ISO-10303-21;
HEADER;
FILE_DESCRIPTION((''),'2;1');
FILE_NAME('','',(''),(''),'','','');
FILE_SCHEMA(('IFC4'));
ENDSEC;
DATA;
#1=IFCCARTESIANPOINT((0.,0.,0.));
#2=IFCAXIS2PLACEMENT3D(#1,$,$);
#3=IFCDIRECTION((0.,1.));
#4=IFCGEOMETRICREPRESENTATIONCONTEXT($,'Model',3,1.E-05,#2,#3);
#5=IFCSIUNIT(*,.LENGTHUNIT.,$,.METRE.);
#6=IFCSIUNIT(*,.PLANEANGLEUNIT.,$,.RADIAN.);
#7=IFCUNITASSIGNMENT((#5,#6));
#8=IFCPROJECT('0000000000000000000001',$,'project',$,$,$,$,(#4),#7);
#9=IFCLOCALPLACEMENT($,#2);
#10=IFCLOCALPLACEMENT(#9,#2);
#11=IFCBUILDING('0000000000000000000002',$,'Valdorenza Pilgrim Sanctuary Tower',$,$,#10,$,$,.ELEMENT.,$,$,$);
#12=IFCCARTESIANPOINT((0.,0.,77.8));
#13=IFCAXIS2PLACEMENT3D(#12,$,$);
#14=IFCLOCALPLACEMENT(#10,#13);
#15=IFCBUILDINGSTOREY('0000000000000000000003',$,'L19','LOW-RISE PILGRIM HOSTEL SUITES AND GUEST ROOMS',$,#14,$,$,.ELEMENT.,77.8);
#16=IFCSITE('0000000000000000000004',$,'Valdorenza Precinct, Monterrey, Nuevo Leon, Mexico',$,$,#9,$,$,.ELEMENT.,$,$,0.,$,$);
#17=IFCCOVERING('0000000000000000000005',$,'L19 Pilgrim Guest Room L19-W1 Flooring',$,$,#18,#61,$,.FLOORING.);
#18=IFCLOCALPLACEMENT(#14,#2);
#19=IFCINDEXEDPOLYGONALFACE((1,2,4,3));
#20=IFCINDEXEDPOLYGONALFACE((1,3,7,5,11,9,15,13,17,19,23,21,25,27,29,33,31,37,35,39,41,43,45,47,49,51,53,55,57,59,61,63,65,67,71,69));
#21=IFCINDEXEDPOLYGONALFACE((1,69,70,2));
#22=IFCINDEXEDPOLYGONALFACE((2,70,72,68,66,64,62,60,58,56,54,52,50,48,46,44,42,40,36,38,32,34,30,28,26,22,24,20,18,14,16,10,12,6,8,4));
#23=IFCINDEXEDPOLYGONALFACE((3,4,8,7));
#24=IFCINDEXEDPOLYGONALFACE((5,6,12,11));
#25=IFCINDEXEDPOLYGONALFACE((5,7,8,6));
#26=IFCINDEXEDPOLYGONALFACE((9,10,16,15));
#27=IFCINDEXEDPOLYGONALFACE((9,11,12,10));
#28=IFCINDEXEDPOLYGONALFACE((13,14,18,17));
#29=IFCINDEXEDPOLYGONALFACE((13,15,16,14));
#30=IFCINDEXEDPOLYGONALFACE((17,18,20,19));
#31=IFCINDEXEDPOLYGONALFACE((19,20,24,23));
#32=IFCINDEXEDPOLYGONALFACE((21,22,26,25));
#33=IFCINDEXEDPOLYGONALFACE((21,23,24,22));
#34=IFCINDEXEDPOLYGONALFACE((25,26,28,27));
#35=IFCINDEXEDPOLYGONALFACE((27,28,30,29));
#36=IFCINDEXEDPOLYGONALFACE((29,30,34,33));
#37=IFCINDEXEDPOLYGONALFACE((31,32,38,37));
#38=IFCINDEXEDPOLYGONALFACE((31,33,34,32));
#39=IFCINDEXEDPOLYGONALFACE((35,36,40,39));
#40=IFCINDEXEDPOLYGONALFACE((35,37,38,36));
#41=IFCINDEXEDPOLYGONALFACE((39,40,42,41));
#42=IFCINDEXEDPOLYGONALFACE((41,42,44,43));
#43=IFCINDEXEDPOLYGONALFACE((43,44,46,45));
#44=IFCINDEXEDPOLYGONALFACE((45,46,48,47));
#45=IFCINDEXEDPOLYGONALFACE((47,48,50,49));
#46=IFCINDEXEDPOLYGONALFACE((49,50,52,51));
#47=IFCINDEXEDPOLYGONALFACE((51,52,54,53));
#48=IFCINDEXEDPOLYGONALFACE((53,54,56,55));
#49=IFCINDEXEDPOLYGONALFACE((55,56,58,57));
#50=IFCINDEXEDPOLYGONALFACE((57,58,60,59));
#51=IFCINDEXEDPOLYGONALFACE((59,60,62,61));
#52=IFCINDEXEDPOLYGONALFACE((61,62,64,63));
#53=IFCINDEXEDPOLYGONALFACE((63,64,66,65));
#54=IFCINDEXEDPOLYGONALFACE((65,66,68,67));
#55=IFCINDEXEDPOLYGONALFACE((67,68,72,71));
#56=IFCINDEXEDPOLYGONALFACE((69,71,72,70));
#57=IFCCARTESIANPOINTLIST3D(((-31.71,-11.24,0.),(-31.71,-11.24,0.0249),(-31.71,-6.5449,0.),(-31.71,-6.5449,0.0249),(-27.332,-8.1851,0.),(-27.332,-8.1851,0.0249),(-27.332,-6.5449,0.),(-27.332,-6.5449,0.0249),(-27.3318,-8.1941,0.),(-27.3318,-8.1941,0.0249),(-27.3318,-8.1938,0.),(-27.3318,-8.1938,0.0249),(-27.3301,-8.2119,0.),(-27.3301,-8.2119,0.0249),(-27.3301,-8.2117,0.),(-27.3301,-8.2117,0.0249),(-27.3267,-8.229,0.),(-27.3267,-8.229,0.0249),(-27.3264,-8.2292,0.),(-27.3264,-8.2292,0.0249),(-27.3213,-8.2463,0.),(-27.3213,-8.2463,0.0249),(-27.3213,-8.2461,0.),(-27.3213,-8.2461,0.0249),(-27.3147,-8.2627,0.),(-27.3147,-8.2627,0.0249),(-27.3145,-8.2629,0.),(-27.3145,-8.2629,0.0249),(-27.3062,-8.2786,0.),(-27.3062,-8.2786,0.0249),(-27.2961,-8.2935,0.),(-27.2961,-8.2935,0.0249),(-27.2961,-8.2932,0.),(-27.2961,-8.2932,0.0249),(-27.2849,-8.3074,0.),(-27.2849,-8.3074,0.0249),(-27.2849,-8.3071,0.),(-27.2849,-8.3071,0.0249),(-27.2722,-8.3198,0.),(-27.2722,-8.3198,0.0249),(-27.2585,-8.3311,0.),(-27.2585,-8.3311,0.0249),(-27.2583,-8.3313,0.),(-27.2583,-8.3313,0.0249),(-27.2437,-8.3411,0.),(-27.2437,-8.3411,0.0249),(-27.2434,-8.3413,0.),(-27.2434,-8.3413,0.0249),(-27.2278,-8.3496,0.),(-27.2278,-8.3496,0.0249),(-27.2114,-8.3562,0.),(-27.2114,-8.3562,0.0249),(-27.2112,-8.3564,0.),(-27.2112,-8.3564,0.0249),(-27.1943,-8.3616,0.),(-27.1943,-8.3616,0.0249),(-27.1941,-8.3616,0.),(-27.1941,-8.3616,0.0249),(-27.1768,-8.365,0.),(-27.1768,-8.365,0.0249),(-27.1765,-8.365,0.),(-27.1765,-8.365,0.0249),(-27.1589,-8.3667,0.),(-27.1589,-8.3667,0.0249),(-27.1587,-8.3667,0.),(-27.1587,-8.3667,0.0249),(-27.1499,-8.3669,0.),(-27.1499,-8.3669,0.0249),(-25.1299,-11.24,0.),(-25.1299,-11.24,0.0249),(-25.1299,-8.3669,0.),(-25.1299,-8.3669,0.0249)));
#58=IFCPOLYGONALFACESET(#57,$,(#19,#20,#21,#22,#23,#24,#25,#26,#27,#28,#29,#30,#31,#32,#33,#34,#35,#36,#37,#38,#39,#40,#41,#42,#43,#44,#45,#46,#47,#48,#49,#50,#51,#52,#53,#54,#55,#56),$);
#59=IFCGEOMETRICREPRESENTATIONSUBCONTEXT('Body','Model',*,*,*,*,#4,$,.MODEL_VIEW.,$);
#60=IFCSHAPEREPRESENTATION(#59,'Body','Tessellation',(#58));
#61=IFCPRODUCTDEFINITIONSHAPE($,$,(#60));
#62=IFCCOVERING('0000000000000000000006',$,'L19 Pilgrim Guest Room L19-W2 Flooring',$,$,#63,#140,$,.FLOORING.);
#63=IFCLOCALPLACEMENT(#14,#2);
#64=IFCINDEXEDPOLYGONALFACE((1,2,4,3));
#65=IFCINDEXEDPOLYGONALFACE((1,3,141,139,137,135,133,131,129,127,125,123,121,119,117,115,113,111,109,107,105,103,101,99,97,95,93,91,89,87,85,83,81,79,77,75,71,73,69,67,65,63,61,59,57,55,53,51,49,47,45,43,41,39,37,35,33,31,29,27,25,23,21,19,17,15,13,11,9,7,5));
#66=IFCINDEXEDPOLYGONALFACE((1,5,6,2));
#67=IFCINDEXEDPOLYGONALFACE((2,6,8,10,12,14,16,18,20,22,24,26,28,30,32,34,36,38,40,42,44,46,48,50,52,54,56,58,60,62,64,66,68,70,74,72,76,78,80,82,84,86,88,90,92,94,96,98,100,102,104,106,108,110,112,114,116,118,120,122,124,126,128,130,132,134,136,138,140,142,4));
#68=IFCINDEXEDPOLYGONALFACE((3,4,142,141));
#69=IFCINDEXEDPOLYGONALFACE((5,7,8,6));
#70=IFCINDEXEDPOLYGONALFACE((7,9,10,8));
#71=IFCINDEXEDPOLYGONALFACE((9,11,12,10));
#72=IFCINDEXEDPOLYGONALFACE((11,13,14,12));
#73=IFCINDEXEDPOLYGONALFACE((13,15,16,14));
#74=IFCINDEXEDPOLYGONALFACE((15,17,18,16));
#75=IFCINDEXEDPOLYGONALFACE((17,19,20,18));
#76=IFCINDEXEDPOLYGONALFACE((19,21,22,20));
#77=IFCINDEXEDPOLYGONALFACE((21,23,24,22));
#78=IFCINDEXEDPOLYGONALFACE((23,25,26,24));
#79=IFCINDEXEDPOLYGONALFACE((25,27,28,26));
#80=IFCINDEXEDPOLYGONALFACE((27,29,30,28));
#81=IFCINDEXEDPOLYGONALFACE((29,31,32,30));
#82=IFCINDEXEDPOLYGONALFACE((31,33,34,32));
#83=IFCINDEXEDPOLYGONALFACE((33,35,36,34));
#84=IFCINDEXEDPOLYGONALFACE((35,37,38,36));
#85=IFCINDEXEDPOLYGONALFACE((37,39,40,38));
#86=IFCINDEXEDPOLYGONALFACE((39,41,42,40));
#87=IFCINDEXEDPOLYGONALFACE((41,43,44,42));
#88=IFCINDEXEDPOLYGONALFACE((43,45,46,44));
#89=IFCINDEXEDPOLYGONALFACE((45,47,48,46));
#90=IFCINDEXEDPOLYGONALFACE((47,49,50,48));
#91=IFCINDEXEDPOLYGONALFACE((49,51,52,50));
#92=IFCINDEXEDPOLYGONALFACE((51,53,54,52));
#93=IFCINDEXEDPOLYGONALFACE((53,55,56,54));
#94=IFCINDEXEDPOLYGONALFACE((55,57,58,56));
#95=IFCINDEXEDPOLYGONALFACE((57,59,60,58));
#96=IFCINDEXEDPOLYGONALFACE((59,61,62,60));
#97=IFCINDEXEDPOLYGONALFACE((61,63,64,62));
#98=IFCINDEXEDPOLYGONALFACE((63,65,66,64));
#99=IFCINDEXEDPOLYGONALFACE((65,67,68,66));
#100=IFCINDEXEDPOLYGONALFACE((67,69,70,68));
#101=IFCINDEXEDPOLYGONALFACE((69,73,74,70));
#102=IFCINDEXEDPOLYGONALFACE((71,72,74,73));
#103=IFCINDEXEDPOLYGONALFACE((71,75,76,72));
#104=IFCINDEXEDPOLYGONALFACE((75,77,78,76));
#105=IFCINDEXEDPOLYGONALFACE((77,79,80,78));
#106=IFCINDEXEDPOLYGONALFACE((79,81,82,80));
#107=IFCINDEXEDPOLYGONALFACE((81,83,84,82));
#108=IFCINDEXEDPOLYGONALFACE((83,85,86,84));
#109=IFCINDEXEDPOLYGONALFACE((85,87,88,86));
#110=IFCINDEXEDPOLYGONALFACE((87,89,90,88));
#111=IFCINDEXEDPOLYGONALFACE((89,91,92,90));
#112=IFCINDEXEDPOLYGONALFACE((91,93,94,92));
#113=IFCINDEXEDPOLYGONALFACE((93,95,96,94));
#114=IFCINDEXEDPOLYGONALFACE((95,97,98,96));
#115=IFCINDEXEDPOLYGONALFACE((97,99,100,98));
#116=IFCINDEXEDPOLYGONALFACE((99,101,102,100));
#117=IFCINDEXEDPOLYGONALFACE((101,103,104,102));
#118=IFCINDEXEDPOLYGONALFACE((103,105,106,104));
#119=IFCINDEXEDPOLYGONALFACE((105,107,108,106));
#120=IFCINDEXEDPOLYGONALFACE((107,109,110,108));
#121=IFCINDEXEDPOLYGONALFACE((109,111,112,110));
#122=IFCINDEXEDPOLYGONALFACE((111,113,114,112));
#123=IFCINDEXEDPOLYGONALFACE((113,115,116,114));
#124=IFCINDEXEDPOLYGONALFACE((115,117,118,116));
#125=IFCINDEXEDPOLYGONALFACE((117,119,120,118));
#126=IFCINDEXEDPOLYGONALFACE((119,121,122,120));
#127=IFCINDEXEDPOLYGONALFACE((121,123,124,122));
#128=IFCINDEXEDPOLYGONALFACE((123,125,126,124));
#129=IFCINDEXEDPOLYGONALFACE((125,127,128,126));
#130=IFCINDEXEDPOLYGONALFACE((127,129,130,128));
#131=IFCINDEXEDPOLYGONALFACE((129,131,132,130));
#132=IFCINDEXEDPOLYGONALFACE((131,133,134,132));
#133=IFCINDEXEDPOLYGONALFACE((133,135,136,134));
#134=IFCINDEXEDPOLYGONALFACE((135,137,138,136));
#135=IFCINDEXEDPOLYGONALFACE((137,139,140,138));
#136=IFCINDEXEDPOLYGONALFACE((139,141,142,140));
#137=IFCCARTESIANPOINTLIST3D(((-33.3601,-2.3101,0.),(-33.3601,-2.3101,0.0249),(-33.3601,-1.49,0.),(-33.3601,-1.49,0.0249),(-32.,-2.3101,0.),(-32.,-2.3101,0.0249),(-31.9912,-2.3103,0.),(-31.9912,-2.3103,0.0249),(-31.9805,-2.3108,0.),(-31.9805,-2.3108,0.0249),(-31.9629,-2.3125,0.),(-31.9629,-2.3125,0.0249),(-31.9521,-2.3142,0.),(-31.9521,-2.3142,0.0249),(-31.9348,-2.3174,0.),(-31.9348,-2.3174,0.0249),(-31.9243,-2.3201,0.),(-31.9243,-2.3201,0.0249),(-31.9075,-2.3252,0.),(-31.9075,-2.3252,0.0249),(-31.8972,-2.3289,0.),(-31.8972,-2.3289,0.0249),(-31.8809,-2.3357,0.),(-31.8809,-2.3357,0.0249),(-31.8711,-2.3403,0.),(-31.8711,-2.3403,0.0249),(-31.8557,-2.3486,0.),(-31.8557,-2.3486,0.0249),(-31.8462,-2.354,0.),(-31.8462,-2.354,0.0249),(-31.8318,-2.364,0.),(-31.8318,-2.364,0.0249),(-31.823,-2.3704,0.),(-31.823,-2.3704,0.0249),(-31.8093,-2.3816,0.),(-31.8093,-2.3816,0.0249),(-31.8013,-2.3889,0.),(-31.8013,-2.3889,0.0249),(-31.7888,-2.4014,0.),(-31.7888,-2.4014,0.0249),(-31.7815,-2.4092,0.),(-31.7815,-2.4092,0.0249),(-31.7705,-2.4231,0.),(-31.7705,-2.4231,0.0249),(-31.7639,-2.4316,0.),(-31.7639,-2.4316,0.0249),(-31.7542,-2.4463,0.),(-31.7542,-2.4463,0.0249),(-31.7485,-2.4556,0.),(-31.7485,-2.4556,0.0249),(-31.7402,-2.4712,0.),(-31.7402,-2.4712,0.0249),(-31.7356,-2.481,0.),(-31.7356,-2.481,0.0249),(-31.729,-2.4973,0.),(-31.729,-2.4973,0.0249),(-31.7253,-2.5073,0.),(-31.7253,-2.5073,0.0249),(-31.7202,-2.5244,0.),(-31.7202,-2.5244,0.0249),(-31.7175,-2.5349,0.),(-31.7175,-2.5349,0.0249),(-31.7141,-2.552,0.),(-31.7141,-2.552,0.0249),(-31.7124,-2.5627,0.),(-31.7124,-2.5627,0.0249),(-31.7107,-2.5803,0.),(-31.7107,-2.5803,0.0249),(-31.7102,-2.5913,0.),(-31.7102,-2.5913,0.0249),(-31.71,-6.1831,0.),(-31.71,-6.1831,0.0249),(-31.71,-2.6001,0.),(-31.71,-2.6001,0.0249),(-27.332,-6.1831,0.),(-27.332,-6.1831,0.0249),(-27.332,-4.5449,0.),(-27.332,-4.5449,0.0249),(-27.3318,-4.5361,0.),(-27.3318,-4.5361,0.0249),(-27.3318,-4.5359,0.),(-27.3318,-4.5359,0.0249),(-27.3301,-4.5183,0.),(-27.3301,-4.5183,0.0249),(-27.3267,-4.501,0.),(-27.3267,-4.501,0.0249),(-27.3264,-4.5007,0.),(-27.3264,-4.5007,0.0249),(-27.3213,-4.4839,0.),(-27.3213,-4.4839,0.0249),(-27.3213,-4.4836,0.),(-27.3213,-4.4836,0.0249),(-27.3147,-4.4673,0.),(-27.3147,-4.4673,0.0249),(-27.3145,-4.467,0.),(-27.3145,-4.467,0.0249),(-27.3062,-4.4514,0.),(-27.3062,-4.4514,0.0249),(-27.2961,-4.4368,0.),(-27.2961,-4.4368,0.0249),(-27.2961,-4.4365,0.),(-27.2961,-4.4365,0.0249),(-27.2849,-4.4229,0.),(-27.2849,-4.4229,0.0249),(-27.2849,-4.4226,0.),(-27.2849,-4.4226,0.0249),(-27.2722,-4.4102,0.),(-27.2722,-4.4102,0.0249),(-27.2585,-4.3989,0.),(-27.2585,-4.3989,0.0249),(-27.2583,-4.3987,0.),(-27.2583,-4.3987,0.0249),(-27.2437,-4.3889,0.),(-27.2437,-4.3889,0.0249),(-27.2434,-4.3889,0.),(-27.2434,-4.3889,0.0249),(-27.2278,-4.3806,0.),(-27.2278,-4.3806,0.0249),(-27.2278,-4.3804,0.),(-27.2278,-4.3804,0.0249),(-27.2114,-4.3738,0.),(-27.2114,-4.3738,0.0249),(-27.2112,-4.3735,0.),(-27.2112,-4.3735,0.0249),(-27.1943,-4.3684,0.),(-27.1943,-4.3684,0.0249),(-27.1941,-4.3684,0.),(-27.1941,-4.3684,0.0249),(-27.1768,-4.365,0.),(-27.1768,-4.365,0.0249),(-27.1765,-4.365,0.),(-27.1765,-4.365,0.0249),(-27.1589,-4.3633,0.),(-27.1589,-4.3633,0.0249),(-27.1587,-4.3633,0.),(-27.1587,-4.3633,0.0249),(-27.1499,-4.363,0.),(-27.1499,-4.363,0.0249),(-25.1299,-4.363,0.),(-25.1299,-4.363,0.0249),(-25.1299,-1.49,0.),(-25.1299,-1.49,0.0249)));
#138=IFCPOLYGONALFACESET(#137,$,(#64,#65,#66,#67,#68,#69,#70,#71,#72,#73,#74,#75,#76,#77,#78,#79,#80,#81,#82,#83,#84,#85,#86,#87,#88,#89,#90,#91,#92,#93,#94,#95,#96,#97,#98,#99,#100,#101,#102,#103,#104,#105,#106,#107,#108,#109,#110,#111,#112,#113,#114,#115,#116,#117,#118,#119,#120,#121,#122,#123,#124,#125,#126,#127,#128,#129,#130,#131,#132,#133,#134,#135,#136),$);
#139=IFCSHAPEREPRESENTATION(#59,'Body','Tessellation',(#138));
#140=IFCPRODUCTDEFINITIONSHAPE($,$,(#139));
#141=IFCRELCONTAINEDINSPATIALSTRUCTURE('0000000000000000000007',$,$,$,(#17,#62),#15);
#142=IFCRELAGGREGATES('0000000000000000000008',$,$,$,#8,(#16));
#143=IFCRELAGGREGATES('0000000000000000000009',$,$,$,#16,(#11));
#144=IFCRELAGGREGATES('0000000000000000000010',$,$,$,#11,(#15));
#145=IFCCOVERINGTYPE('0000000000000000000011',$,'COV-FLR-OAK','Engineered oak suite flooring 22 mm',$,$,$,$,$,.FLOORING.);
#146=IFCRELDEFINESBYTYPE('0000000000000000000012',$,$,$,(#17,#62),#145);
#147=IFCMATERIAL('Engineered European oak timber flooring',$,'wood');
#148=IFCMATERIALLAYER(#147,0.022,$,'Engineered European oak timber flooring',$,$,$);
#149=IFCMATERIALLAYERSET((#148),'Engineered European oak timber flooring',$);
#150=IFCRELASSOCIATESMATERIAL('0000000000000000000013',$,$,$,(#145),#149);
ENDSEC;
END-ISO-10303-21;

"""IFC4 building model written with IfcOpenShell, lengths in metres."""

from ifc_helpers import new_model, si_unit, direction, frame, origin, place, context, subcontext, project, spatial, polyline, outline, extrude, material, layer, layer_set, type_object, element, save


model = new_model("IFC4")

# Units and contexts
model_context = context("Model", 3, precision=1e-05, world=origin(), true_north=direction((0.0, 1.0)))
body_context = subcontext(model_context, "Body", "Model", "MODEL_VIEW")
ifc_project = project(units=[si_unit("LENGTHUNIT", "METRE"), si_unit("PLANEANGLEUNIT", "RADIAN")], contexts=[model_context])

# Site, building, storey
site_placement = place(None, origin())
site = spatial("IfcSite", under=ifc_project, at=site_placement, Name="Valdorenza Precinct, Monterrey, Nuevo Leon, Mexico", CompositionType="ELEMENT", RefElevation=0.0)
building_placement = place(site_placement, origin())
building = spatial("IfcBuilding", under=site, at=building_placement, Name="Valdorenza Pilgrim Sanctuary Tower", CompositionType="ELEMENT")
storey_placement = place(building_placement, frame((0.0, 0.0, 77.8)))
storey = spatial("IfcBuildingStorey", under=building, at=storey_placement, Name="L19", Description="LOW-RISE PILGRIM HOSTEL SUITES AND GUEST ROOMS", CompositionType="ELEMENT", Elevation=77.8)

# Coverings
ifc_material_1 = material(Name="Engineered European oak timber flooring", Category="wood")
ifc_layer_1 = layer(ifc_material_1, 0.022, Name="Engineered European oak timber flooring")
ifc_layer_set_1 = layer_set([ifc_layer_1], Name="Engineered European oak timber flooring")
covering_type_1 = type_object("IfcCoveringType", Name="COV-FLR-OAK", Description="Engineered oak suite flooring 22 mm", PredefinedType="FLOORING", material=ifc_layer_set_1)
covering_1_placement = place(storey_placement, origin())
element("IfcCovering", 1, at=covering_1_placement, inside=storey, type_object=covering_type_1, Name="L19 Pilgrim Guest Room L19-W1 Flooring", PredefinedType="FLOORING", context=body_context, shape_type="SweptSolid", body=[
    extrude(outline(polyline([(-31.71, -6.5449), (-27.332, -6.5449), (-27.332, -8.1851), (-27.3318, -8.1938), (-27.3318, -8.1941), (-27.3301, -8.2117), (-27.3301, -8.2119), (-27.3267, -8.229), (-27.3264, -8.2292), (-27.3213, -8.2461), (-27.3213, -8.2463), (-27.3147, -8.2627), (-27.3145, -8.2629), (-27.3062, -8.2786), (-27.3062, -8.2786), (-27.2961, -8.2932), (-27.2961, -8.2935), (-27.2849, -8.3071), (-27.2849, -8.3074), (-27.2722, -8.3198), (-27.2722, -8.3198), (-27.2585, -8.3311), (-27.2583, -8.3313), (-27.2437, -8.3411), (-27.2434, -8.3413), (-27.2278, -8.3496), (-27.2278, -8.3496), (-27.2114, -8.3562), (-27.2112, -8.3564), (-27.1943, -8.3616), (-27.1941, -8.3616), (-27.1768, -8.365), (-27.1765, -8.365), (-27.1589, -8.3667), (-27.1587, -8.3667), (-27.1499, -8.3669), (-25.1299, -8.3669), (-25.1299, -11.24), (-31.71, -11.24), (-31.71, -6.5449)])), origin(), (0.0, 0.0, 1.0), 0.0249),
])
covering_2_placement = place(storey_placement, origin())
element("IfcCovering", 2, at=covering_2_placement, inside=storey, type_object=covering_type_1, Name="L19 Pilgrim Guest Room L19-W2 Flooring", PredefinedType="FLOORING", context=body_context, shape_type="SweptSolid", body=[
    extrude(outline(polyline([(-25.1299, -1.49), (-25.1299, -4.363), (-27.1499, -4.363), (-27.1587, -4.3633), (-27.1589, -4.3633), (-27.1765, -4.365), (-27.1768, -4.365), (-27.1941, -4.3684), (-27.1943, -4.3684), (-27.2112, -4.3735), (-27.2114, -4.3738), (-27.2278, -4.3804), (-27.2278, -4.3806), (-27.2434, -4.3889), (-27.2437, -4.3889), (-27.2583, -4.3987), (-27.2585, -4.3989), (-27.2722, -4.4102), (-27.2722, -4.4102), (-27.2849, -4.4226), (-27.2849, -4.4229), (-27.2961, -4.4365), (-27.2961, -4.4368), (-27.3062, -4.4514), (-27.3062, -4.4514), (-27.3145, -4.467), (-27.3147, -4.4673), (-27.3213, -4.4836), (-27.3213, -4.4839), (-27.3264, -4.5007), (-27.3267, -4.501), (-27.3301, -4.5183), (-27.3301, -4.5183), (-27.3318, -4.5359), (-27.3318, -4.5361), (-27.332, -4.5449), (-27.332, -6.1831), (-31.71, -6.1831), (-31.71, -2.6001), (-31.7102, -2.5913), (-31.7107, -2.5803), (-31.7124, -2.5627), (-31.7141, -2.552), (-31.7175, -2.5349), (-31.7202, -2.5244), (-31.7253, -2.5073), (-31.729, -2.4973), (-31.7356, -2.481), (-31.7402, -2.4712), (-31.7485, -2.4556), (-31.7542, -2.4463), (-31.7639, -2.4316), (-31.7705, -2.4231), (-31.7815, -2.4092), (-31.7888, -2.4014), (-31.8013, -2.3889), (-31.8093, -2.3816), (-31.823, -2.3704), (-31.8318, -2.364), (-31.8462, -2.354), (-31.8557, -2.3486), (-31.8711, -2.3403), (-31.8809, -2.3357), (-31.8972, -2.3289), (-31.9075, -2.3252), (-31.9243, -2.3201), (-31.9348, -2.3174), (-31.9521, -2.3142), (-31.9629, -2.3125), (-31.9805, -2.3108), (-31.9912, -2.3103), (-32.0, -2.3101), (-33.3601, -2.3101), (-33.3601, -1.49), (-25.1299, -1.49)])), origin(), (0.0, 0.0, 1.0), 0.0249),
])

save(model, "model.ifc")
